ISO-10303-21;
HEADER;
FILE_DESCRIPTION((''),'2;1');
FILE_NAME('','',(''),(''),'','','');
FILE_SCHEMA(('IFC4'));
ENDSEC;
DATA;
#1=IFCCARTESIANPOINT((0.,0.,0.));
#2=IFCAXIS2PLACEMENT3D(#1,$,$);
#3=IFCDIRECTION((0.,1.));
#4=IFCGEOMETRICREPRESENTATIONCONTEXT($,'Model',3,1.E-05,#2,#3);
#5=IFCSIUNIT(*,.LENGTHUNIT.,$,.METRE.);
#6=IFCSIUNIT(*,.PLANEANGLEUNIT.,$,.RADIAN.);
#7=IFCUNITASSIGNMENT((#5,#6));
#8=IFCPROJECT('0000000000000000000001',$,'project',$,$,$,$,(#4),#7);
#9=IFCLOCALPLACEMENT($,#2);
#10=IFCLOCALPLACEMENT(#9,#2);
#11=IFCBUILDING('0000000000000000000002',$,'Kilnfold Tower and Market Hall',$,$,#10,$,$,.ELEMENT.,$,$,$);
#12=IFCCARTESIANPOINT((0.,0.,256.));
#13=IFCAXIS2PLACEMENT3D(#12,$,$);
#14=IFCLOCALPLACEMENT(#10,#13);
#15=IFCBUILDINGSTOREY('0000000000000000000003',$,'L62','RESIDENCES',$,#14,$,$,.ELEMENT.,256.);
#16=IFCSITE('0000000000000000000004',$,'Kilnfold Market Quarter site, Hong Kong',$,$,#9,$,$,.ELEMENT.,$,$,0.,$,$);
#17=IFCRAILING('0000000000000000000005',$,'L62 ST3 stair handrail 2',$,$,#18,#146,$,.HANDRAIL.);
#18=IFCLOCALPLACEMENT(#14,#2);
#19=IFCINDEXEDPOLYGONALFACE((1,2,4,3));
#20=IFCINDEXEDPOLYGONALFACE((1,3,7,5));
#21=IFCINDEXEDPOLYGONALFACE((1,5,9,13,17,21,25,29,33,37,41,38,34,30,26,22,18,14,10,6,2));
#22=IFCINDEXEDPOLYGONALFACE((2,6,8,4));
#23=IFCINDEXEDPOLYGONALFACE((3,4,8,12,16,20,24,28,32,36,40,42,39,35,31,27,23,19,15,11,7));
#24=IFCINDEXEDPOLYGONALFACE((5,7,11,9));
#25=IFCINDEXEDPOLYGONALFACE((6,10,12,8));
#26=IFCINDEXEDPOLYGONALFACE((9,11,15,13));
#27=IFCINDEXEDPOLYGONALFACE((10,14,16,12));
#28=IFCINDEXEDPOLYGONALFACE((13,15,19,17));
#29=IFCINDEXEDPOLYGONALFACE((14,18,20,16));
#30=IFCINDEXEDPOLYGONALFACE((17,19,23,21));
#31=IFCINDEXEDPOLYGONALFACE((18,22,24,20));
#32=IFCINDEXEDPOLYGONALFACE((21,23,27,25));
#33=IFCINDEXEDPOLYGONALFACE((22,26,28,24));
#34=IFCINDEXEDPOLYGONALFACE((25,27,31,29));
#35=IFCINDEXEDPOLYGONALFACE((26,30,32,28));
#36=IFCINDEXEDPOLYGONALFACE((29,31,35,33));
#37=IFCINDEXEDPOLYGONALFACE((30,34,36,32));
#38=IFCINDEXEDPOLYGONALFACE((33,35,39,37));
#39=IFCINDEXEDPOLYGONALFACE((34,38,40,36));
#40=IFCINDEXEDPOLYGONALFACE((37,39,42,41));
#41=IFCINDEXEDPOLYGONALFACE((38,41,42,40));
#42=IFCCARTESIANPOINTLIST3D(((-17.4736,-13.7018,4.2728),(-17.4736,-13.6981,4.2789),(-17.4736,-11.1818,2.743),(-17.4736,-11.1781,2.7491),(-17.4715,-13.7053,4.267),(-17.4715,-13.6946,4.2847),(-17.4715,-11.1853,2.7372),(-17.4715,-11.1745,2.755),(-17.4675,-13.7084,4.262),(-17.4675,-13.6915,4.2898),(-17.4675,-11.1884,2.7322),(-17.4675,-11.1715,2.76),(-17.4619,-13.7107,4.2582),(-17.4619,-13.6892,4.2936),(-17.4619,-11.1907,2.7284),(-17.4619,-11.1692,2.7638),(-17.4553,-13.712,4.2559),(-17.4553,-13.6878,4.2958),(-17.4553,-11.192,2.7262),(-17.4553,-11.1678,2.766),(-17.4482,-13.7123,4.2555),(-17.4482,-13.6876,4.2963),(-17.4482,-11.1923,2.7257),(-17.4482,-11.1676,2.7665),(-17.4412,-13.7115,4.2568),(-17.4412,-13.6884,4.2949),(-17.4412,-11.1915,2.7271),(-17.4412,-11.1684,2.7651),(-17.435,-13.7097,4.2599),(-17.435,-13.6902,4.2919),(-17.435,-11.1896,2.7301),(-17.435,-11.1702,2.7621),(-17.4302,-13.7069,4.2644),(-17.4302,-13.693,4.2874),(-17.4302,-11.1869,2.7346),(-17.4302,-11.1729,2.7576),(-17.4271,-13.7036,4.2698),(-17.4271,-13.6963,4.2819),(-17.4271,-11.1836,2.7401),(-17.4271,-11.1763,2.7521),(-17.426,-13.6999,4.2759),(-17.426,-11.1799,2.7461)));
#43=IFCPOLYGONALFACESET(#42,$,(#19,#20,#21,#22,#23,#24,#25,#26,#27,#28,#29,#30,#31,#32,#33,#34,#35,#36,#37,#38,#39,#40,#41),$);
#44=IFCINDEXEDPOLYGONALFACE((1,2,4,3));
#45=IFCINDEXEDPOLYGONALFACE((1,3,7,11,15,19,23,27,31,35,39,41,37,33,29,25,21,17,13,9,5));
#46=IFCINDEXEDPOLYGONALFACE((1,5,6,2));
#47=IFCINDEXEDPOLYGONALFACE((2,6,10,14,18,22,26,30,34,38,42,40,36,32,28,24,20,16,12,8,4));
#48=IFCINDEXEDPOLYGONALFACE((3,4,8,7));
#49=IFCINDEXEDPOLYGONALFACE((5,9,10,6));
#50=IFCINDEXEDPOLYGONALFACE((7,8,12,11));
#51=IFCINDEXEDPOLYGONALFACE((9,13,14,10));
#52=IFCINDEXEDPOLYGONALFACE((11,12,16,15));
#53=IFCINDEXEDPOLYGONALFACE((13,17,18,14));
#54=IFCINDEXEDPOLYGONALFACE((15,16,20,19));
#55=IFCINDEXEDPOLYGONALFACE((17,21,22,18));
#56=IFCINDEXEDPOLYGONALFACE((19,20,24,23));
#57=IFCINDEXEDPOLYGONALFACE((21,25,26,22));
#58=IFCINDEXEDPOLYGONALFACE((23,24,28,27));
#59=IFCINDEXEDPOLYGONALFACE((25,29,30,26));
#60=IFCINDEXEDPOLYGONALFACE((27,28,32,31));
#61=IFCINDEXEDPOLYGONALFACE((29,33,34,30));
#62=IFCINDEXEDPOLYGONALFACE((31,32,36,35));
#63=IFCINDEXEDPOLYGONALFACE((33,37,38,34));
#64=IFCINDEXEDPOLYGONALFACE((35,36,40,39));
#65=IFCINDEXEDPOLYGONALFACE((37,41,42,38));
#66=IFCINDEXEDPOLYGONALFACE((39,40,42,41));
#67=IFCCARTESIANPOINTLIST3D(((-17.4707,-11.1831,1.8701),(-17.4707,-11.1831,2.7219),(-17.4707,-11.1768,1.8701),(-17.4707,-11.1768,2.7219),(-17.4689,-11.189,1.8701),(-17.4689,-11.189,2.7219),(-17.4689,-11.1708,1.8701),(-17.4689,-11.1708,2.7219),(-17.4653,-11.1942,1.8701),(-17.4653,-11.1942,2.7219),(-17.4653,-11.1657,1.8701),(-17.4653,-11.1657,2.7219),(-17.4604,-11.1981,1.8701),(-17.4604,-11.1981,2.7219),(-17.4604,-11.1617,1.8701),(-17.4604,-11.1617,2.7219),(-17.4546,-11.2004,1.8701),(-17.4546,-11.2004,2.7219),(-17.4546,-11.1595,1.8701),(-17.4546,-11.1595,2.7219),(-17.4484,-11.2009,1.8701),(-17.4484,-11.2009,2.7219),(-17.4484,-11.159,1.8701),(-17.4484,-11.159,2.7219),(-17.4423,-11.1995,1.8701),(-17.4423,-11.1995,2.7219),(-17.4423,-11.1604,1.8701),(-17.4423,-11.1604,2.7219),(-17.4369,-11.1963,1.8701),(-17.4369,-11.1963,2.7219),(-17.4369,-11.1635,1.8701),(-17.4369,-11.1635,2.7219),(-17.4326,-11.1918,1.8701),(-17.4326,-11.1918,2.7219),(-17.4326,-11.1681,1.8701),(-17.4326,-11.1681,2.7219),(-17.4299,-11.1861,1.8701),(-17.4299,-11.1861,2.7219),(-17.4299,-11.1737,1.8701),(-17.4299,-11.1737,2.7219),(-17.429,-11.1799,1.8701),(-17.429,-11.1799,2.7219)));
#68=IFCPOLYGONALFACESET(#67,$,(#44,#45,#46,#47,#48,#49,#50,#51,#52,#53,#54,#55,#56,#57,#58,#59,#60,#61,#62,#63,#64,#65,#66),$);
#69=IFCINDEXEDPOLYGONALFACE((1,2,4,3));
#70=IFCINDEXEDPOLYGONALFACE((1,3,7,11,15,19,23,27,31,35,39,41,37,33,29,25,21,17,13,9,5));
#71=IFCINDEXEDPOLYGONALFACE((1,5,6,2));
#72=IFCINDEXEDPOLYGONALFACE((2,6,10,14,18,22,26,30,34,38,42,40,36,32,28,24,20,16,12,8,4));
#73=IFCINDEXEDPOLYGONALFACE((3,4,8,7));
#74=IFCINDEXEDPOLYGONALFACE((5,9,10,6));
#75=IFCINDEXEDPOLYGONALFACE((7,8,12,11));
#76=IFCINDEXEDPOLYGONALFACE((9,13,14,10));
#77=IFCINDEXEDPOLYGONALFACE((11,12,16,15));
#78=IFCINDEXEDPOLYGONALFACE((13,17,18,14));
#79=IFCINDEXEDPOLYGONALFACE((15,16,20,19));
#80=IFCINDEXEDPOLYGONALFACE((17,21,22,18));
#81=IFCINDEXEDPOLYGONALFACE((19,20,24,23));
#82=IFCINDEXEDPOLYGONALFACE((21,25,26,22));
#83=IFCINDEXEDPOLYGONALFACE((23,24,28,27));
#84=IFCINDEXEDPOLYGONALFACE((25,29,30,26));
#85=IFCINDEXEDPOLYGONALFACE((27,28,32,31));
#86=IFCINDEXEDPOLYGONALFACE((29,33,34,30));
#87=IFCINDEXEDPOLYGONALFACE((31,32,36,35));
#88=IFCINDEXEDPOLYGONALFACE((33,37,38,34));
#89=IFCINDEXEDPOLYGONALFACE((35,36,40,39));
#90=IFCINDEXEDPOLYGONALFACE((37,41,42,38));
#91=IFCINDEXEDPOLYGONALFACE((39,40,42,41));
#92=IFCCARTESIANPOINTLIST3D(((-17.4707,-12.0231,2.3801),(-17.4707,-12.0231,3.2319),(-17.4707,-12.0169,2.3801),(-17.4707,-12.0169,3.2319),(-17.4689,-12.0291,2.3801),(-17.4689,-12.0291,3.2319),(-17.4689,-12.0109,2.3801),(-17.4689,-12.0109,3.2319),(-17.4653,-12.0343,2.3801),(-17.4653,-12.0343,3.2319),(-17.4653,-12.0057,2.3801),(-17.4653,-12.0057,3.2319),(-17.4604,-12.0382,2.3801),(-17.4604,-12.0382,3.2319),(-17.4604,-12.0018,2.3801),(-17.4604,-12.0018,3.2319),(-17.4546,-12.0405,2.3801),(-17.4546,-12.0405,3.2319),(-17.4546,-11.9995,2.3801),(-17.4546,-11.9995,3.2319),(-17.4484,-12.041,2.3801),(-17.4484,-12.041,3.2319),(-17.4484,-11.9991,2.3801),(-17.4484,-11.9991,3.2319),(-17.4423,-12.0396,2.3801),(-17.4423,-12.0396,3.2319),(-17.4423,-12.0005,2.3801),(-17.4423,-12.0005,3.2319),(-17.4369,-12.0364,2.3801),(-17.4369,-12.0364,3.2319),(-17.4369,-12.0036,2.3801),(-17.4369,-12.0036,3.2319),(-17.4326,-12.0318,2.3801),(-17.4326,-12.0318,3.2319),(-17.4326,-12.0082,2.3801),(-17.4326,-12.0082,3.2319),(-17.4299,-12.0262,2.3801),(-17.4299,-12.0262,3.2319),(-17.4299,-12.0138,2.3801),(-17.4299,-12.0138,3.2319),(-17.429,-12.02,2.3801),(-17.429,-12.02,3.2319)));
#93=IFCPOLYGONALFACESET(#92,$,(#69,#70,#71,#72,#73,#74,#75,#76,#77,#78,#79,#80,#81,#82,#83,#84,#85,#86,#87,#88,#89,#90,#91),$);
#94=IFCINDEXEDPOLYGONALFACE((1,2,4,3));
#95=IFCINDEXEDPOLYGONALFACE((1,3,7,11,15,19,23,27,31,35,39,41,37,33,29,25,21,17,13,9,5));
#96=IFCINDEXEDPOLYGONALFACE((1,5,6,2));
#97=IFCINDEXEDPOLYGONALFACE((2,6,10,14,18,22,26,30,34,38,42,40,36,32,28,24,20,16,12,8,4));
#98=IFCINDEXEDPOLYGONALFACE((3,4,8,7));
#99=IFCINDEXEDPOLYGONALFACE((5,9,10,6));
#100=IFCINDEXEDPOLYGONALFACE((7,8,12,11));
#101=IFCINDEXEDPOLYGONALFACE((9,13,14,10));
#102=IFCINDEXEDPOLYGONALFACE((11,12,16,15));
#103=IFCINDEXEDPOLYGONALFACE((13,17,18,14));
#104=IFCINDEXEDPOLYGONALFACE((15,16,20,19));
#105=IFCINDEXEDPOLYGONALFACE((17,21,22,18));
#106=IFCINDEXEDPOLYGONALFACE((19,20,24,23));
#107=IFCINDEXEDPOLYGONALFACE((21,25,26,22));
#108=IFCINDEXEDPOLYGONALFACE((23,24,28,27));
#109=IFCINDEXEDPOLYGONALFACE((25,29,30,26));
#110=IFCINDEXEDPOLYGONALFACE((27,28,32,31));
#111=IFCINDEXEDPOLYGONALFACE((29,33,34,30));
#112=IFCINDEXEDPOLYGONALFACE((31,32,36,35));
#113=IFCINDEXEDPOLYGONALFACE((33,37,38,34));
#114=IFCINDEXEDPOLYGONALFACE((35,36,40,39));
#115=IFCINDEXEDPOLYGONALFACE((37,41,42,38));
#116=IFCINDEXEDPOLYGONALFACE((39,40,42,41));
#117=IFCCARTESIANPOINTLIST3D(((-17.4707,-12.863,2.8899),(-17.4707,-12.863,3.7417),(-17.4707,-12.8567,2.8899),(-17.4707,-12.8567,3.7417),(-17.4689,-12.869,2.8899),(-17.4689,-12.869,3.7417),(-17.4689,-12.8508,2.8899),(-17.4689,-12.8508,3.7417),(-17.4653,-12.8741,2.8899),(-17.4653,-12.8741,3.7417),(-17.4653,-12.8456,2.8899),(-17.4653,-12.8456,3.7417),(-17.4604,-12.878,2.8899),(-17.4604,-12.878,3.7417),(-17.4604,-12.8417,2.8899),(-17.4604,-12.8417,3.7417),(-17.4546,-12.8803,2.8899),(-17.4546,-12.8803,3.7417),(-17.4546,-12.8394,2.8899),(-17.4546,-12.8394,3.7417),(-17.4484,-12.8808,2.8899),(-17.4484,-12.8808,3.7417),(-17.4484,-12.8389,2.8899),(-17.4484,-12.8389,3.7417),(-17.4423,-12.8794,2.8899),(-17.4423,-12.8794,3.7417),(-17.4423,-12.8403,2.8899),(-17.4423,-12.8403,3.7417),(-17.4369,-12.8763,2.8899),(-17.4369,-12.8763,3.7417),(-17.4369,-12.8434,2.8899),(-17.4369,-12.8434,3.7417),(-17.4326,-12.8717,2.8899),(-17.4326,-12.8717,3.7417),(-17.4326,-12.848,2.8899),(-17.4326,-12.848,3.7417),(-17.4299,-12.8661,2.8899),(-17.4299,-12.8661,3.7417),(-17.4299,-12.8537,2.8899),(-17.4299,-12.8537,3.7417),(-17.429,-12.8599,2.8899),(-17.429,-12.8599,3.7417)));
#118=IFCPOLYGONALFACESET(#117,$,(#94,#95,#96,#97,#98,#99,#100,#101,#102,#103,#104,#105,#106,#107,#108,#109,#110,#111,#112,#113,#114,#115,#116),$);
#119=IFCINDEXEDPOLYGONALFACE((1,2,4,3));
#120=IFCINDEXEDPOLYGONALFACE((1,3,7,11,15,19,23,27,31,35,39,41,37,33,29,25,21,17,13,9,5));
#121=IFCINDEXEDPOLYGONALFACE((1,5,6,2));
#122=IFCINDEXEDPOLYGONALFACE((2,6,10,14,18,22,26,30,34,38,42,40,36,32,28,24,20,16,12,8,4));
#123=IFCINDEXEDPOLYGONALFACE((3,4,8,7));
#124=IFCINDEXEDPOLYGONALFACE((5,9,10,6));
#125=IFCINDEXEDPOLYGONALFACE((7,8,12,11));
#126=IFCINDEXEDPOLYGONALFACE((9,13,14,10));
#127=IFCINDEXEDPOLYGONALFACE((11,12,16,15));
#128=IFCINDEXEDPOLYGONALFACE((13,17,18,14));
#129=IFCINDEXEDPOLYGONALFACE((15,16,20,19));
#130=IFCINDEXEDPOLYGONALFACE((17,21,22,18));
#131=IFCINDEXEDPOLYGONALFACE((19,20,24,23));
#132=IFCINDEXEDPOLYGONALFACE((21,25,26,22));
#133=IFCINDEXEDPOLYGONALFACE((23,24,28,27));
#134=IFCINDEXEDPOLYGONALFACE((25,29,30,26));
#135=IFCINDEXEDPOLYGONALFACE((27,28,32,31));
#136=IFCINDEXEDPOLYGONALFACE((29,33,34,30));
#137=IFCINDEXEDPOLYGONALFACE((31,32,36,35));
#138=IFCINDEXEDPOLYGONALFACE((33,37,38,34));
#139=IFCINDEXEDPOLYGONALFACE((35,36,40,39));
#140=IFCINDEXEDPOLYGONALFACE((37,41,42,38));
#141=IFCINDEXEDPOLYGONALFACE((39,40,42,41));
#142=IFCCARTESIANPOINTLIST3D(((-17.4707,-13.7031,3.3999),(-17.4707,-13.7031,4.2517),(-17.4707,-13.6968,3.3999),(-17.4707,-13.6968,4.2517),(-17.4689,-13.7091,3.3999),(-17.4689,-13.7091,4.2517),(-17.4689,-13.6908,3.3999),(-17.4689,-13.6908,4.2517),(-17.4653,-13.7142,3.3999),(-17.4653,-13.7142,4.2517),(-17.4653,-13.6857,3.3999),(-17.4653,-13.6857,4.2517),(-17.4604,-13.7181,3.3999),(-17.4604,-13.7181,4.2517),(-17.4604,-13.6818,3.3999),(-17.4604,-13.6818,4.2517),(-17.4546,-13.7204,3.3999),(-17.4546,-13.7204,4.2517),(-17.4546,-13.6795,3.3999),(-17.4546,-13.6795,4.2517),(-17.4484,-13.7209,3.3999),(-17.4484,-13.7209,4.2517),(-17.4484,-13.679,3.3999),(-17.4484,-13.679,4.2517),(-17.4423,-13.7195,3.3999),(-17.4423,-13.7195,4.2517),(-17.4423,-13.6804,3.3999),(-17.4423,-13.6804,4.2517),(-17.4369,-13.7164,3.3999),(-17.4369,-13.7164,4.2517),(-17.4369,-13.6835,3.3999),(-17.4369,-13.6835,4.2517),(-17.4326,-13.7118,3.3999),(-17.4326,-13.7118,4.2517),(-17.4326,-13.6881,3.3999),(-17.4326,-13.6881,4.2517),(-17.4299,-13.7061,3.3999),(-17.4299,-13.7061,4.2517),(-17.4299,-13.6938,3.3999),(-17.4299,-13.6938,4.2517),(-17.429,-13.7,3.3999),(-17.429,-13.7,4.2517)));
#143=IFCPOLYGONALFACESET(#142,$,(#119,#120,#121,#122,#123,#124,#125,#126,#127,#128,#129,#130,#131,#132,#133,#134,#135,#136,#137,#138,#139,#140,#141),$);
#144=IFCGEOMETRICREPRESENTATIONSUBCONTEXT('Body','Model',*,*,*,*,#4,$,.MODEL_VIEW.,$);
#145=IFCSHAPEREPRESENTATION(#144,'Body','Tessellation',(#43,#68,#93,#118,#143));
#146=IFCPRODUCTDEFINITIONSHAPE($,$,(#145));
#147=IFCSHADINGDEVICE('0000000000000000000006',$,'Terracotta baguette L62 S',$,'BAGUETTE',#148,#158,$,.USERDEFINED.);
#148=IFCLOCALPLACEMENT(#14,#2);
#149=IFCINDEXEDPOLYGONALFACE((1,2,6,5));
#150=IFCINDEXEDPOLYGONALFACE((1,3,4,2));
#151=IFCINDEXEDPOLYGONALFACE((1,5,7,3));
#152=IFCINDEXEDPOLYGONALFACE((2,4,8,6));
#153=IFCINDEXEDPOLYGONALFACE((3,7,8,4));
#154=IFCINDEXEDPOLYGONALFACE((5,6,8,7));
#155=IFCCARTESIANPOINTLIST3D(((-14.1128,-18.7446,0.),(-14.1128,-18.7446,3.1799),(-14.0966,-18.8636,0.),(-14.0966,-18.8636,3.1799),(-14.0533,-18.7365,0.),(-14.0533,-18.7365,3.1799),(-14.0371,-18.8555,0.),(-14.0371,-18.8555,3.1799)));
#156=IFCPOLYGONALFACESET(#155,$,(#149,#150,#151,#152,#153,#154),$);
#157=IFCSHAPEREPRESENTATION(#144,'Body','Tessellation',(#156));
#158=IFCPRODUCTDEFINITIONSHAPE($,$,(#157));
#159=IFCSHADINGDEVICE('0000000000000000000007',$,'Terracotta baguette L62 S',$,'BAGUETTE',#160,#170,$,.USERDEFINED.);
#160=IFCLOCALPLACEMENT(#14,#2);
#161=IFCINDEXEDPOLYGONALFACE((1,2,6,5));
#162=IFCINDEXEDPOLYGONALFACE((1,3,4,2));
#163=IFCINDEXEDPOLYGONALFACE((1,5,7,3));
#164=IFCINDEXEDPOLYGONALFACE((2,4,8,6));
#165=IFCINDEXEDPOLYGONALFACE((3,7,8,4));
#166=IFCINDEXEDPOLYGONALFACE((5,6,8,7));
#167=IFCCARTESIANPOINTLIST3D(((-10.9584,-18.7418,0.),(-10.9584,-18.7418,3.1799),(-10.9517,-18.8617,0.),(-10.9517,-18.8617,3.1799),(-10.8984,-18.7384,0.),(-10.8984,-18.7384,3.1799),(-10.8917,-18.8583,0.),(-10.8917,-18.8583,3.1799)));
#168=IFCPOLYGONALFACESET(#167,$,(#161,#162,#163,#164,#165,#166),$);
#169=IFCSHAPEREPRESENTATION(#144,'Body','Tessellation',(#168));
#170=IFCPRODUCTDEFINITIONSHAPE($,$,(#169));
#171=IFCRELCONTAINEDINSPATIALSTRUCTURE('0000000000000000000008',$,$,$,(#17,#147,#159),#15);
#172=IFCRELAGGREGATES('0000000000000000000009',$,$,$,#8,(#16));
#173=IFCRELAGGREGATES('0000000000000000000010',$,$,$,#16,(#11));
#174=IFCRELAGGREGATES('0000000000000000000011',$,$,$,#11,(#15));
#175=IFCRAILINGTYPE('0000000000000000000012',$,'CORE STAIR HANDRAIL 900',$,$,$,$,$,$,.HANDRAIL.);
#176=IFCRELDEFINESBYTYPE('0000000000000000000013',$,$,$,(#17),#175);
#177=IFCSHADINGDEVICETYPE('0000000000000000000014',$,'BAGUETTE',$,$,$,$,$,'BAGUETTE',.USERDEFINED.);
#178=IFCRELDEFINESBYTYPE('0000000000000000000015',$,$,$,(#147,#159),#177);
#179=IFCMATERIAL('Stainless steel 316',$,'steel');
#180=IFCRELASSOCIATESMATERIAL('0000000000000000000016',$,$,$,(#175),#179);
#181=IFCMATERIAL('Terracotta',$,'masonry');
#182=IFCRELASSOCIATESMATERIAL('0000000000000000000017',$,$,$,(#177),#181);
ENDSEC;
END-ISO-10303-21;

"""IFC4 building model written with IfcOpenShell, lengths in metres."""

from ifc_helpers import new_model, si_unit, direction, frame, origin, origin_2d, place, context, subcontext, project, spatial, rectangle, circle, extrude, source, transform, mapped, material, material_profile, profile_set, type_object, element, save


model = new_model("IFC4")

# Units and contexts
model_context = context("Model", 3, precision=1e-05, world=origin(), true_north=direction((0.0, 1.0)))
body_context = subcontext(model_context, "Body", "Model", "MODEL_VIEW")
ifc_project = project(units=[si_unit("LENGTHUNIT", "METRE"), si_unit("PLANEANGLEUNIT", "RADIAN")], contexts=[model_context])

# Site, building, storey
site_placement = place(None, origin())
site = spatial("IfcSite", under=ifc_project, at=site_placement, Name="Kilnfold Market Quarter site, Hong Kong", CompositionType="ELEMENT", RefElevation=0.0)
building_placement = place(site_placement, origin())
building = spatial("IfcBuilding", under=site, at=building_placement, Name="Kilnfold Tower and Market Hall", CompositionType="ELEMENT")
storey_placement = place(building_placement, frame((0.0, 0.0, 256.0)))
storey = spatial("IfcBuildingStorey", under=building, at=storey_placement, Name="L62", Description="RESIDENCES", CompositionType="ELEMENT", Elevation=256.0)

# Railing
ifc_material_1 = material(Name="Stainless steel 316", Category="steel")
railing_type_1 = type_object("IfcRailingType", Name="CORE STAIR HANDRAIL 900", PredefinedType="HANDRAIL", material=ifc_material_1)
railing_1_placement = place(storey_placement, frame((-17.45, -11.1799, 1.8701)))
element("IfcRailing", 1, at=railing_1_placement, inside=storey, type_object=railing_type_1, Name="L62 ST3 stair handrail 2", PredefinedType="HANDRAIL", context=body_context, shape_type="SweptSolid", body=[
    extrude(circle(Radius=0.0239, at=origin_2d()), frame((0.0, 0.0, 0.876), z_axis=(0.0, -0.854822, 0.518922), x_axis=(1.0, 0.0, 0.0)), (0.0, 0.0, 1.0), 2.948),
    extrude(circle(Radius=0.021, at=origin_2d()), origin(), (0.0, 0.0, 1.0), 0.8518),
    extrude(circle(Radius=0.021, at=origin_2d()), frame((0.0, -0.8401, 0.51)), (0.0, 0.0, 1.0), 0.8518),
    extrude(circle(Radius=0.021, at=origin_2d()), frame((0.0, -1.6799, 1.0198)), (0.0, 0.0, 1.0), 0.8518),
    extrude(circle(Radius=0.021, at=origin_2d()), frame((0.0, -2.52, 1.5298)), (0.0, 0.0, 1.0), 0.8518),
])

# Shading devices
ifc_material_2 = material(Name="Terracotta", Category="masonry")
ifc_material_profile_1 = material_profile(ifc_material_2, rectangle(XDim=0.0601, YDim=0.1201, at=origin_2d()), Name="BAG 60x120")
ifc_profile_set_1 = profile_set([ifc_material_profile_1], Name="Terracotta")
shading_device_type = type_object("IfcShadingDeviceType", Name="BAGUETTE", ElementType="BAGUETTE", PredefinedType="USERDEFINED", material=ifc_profile_set_1)
shared_shape_1 = source(origin(), body_context, "Body", "SweptSolid", [
    extrude(rectangle(XDim=0.0601, YDim=0.1201, at=origin_2d()), origin(), (0.0, 0.0, 1.0), 3.1799),
])
for number, where, z_axis, x_axis, name in (
    (2, (-14.075, -18.8, 0.0), (0.0, 0.0, 1.0), (0.990884, 0.134719, 0.0), "Terracotta baguette L62 S"),
    (3, (-10.925, -18.8, 0.0), (0.0, 0.0, 1.0), (0.998441, 0.055825, 0.0), "Terracotta baguette L62 S"),
):
    element("IfcShadingDevice", number, at=place(storey_placement, frame(where, z_axis=z_axis, x_axis=x_axis)), inside=storey, type_object=shading_device_type, Name=name, ObjectType="BAGUETTE", PredefinedType="USERDEFINED", context=body_context, shape_type="MappedRepresentation", body=[
        mapped(shared_shape_1, transform((0.0, 0.0, 0.0))),
    ])

save(model, "model.ifc")
